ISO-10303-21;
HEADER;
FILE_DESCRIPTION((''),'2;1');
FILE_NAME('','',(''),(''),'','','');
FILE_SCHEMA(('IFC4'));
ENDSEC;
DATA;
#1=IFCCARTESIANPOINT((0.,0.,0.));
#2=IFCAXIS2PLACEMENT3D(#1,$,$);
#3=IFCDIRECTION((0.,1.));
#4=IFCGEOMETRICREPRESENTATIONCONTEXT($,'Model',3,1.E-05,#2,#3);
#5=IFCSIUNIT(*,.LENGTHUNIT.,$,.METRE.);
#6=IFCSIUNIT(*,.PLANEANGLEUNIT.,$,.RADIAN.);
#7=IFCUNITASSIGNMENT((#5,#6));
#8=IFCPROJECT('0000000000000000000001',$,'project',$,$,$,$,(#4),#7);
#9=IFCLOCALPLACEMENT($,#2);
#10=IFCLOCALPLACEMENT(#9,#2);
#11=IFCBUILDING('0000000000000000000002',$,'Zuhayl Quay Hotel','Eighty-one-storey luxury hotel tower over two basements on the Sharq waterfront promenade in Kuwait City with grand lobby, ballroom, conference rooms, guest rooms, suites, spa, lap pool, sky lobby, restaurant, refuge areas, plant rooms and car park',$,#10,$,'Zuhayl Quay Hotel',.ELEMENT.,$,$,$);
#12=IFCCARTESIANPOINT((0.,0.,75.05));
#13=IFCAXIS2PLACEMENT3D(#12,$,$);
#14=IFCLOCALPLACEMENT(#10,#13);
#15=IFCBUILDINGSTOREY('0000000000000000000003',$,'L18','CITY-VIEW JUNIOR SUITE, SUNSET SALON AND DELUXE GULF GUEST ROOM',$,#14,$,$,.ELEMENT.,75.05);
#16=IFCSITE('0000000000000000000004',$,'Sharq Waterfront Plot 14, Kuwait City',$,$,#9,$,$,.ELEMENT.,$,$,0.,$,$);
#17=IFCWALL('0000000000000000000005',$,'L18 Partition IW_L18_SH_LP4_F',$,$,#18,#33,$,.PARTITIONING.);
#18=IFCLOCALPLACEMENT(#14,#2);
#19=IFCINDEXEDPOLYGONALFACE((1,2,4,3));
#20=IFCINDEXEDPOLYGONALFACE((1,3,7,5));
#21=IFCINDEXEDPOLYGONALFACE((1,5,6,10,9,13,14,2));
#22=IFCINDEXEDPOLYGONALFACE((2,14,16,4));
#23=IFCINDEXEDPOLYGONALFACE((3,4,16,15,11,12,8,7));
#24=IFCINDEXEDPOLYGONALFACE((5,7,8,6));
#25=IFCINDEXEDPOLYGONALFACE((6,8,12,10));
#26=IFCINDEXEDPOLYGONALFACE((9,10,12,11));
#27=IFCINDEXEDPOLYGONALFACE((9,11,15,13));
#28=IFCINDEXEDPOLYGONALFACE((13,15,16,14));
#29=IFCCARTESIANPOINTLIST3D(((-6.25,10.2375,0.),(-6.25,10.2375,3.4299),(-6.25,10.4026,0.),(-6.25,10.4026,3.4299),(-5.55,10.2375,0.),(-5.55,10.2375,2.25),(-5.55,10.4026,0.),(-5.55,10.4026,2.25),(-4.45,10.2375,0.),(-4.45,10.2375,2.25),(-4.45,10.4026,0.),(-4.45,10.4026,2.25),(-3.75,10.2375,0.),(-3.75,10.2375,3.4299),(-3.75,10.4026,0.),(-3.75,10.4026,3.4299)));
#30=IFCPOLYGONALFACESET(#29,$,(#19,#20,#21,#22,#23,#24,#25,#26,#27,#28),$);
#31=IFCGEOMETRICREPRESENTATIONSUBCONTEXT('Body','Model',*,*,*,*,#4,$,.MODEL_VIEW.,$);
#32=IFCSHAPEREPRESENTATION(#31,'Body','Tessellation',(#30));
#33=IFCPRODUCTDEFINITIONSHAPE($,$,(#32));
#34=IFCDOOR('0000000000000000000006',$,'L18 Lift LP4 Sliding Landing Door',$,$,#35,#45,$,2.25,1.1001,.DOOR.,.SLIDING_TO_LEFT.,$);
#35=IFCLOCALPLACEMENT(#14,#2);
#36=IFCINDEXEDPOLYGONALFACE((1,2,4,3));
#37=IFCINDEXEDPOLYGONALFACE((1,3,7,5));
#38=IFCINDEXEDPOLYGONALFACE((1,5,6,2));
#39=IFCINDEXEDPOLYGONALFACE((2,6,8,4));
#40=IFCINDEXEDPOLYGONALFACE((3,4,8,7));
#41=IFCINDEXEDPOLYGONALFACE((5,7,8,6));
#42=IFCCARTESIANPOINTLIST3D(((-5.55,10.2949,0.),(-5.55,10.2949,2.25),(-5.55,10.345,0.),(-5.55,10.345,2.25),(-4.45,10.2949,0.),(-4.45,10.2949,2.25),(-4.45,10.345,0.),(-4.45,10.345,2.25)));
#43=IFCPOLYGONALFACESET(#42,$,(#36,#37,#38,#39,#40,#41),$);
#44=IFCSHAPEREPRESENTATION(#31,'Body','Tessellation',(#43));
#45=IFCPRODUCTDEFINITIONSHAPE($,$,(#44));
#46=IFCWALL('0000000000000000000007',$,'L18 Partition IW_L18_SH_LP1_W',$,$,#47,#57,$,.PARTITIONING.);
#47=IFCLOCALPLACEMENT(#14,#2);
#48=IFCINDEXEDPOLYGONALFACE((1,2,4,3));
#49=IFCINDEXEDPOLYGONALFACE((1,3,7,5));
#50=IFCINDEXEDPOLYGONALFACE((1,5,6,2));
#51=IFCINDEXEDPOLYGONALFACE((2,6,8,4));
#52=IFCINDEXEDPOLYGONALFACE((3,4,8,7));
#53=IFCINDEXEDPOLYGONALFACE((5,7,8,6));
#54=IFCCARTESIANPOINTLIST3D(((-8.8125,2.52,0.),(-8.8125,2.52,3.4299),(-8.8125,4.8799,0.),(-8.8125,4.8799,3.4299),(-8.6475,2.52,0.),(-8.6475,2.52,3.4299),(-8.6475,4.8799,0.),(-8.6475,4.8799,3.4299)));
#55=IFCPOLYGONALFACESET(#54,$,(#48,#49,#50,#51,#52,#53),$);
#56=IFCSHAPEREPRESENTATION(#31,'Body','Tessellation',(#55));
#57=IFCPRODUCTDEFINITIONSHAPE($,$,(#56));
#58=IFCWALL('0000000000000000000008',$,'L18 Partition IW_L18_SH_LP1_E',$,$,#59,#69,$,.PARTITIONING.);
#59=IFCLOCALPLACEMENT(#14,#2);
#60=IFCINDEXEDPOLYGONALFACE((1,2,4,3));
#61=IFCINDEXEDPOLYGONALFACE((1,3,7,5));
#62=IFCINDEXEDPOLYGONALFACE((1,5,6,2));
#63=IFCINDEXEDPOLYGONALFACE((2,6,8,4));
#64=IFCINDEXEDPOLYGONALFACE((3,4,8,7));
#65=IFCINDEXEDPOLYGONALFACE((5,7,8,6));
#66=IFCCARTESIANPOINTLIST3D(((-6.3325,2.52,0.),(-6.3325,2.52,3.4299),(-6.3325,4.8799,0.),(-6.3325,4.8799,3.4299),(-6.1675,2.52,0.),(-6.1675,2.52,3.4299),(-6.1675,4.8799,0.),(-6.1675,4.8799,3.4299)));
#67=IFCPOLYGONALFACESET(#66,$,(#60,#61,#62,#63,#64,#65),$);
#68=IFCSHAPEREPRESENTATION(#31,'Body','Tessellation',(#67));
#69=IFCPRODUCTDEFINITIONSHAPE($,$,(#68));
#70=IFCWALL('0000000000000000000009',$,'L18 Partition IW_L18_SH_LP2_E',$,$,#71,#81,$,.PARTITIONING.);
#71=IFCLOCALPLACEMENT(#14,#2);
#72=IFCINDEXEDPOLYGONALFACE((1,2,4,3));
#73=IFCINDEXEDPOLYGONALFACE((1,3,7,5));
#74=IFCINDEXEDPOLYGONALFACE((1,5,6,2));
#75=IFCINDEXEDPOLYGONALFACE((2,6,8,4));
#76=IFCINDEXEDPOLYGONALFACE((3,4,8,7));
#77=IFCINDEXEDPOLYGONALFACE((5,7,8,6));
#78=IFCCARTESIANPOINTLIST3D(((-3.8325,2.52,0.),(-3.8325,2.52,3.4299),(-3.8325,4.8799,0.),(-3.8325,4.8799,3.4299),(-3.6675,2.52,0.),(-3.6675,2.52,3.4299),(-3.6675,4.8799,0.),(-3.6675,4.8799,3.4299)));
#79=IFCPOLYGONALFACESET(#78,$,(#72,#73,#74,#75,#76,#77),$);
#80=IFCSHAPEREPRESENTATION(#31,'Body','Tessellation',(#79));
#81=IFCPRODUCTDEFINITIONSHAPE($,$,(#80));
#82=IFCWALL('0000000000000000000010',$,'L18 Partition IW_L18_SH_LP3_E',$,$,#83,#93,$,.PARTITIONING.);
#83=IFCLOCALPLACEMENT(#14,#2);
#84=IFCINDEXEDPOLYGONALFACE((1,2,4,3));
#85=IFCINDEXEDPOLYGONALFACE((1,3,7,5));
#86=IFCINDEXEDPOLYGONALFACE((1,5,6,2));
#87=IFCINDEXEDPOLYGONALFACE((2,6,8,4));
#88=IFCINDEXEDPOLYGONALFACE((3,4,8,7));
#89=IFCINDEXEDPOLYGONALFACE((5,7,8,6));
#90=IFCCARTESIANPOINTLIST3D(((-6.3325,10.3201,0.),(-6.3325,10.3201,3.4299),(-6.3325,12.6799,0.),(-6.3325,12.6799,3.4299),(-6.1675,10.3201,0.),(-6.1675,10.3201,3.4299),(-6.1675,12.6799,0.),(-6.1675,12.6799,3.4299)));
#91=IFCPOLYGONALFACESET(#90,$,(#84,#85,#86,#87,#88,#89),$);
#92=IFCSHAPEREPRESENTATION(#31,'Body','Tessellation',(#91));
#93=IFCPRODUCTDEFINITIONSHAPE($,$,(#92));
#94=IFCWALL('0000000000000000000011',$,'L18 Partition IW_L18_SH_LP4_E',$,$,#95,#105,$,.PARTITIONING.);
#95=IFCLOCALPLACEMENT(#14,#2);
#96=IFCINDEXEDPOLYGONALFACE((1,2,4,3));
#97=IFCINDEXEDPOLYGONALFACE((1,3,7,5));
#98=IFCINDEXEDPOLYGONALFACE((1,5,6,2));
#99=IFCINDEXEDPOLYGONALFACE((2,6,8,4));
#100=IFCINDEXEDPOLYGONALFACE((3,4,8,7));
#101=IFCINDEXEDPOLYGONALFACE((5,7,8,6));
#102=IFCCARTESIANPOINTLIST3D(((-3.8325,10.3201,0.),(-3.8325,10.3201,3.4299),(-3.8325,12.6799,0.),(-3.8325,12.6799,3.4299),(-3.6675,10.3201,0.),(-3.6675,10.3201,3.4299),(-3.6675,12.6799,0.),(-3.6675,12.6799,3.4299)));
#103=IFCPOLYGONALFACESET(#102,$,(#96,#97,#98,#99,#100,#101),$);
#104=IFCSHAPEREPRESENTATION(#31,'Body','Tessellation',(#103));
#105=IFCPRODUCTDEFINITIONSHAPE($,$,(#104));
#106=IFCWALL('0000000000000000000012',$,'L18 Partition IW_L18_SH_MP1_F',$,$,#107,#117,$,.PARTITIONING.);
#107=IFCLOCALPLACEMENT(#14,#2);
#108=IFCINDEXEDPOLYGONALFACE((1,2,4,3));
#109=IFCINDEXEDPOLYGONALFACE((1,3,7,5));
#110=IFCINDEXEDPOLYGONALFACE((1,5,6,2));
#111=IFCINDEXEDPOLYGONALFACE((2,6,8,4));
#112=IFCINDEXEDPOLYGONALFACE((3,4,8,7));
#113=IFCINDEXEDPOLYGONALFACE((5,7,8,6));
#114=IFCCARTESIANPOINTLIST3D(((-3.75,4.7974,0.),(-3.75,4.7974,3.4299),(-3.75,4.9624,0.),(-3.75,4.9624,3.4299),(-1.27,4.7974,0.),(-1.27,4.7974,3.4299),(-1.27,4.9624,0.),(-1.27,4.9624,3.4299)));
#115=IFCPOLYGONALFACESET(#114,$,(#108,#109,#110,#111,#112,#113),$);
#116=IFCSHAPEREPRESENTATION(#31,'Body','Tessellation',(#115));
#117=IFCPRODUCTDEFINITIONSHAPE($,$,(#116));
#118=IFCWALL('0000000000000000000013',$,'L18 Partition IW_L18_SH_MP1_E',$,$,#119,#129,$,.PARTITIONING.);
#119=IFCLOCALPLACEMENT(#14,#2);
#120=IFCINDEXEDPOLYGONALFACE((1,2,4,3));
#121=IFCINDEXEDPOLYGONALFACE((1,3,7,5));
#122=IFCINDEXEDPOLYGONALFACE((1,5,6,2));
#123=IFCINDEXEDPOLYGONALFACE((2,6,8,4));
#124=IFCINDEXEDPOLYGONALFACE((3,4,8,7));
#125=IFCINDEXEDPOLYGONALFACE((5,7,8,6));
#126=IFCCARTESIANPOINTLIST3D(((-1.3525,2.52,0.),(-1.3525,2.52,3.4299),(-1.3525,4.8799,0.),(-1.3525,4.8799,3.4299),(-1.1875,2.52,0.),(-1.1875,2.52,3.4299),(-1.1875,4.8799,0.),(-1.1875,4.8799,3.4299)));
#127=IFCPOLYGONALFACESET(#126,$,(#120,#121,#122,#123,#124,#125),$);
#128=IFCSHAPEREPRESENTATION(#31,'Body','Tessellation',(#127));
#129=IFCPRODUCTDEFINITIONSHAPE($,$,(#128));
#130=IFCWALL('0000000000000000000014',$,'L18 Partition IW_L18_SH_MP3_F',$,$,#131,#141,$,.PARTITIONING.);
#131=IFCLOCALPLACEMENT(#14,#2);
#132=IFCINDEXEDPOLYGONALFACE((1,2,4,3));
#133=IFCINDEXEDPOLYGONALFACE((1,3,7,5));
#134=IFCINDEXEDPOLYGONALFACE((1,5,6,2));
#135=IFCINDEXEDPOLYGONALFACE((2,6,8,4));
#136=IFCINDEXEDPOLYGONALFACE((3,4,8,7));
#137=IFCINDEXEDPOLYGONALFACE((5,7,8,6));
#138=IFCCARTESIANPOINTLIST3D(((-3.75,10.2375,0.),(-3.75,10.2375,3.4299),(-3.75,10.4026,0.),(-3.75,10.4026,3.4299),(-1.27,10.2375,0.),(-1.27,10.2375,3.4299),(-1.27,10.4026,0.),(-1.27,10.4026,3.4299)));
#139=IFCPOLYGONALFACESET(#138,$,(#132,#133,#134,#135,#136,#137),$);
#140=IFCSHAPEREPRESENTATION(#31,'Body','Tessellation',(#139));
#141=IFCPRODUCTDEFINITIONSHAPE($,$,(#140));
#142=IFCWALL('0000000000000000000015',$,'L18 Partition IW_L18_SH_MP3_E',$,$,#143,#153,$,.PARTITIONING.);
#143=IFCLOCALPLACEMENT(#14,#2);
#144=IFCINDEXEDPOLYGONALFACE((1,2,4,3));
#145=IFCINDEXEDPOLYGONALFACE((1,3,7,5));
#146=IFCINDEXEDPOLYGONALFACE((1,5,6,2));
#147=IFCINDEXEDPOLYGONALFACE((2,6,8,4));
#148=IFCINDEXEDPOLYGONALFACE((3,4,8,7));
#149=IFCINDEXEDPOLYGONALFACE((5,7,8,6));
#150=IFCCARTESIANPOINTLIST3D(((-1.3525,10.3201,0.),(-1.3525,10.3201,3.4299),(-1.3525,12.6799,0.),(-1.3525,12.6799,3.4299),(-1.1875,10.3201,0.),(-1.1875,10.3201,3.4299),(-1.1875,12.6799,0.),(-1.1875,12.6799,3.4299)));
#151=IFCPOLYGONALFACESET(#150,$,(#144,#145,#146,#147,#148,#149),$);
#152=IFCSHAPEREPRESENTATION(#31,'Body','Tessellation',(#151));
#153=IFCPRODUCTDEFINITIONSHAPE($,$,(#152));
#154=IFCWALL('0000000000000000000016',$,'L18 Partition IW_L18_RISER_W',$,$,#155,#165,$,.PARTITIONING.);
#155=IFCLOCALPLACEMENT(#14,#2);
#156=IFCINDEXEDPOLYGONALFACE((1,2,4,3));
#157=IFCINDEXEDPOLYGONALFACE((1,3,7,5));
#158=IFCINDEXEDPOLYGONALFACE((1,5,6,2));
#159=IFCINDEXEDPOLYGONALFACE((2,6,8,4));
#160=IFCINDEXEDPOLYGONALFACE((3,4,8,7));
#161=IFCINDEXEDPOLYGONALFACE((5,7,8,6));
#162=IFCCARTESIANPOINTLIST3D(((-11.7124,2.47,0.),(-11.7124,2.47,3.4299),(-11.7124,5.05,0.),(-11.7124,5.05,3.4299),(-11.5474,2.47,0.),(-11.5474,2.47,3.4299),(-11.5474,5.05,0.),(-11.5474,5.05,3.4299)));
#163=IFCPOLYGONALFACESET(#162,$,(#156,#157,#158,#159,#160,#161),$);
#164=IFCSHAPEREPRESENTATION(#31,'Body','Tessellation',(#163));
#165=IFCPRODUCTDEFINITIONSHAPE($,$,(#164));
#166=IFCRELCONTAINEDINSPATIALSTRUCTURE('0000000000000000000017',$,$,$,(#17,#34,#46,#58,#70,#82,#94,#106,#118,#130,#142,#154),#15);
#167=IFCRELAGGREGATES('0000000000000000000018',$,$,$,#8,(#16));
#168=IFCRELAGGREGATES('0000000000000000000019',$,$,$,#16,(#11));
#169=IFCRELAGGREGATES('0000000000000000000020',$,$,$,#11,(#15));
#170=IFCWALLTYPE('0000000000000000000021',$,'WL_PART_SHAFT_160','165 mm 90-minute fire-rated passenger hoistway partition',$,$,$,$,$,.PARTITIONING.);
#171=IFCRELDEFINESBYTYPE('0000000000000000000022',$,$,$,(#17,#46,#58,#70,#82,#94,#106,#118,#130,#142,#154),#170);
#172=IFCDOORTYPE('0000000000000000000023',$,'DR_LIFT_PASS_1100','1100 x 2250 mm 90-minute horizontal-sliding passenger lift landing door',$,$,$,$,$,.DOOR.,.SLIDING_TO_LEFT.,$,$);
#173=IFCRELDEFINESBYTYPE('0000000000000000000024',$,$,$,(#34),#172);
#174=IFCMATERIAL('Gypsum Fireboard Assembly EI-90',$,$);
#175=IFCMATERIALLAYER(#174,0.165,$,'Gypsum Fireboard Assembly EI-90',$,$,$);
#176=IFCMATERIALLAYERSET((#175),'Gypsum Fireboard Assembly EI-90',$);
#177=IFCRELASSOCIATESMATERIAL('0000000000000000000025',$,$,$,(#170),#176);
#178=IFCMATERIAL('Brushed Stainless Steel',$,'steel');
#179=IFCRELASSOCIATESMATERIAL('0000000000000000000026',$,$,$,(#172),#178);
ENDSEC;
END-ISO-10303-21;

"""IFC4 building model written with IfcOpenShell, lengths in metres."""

from ifc_helpers import new_model, si_unit, direction, frame, frame_2d, origin, place, context, subcontext, project, spatial, rectangle, extrude, material, layer, layer_set, type_object, element, fill, save


model = new_model("IFC4")

# Units and contexts
model_context = context("Model", 3, precision=1e-05, world=origin(), true_north=direction((0.0, 1.0)))
body_context = subcontext(model_context, "Body", "Model", "MODEL_VIEW")
ifc_project = project(units=[si_unit("LENGTHUNIT", "METRE"), si_unit("PLANEANGLEUNIT", "RADIAN")], contexts=[model_context])

# Site, building, storey
site_placement = place(None, origin())
site = spatial("IfcSite", under=ifc_project, at=site_placement, Name="Sharq Waterfront Plot 14, Kuwait City", CompositionType="ELEMENT", RefElevation=0.0)
building_placement = place(site_placement, origin())
building = spatial("IfcBuilding", under=site, at=building_placement, Name="Zuhayl Quay Hotel", Description="Eighty-one-storey luxury hotel tower over two basements on the Sharq waterfront promenade in Kuwait City with grand lobby, ballroom, conference rooms, guest rooms, suites, spa, lap pool, sky lobby, restaurant, refuge areas, plant rooms and car park", LongName="Zuhayl Quay Hotel", CompositionType="ELEMENT")
storey_placement = place(building_placement, frame((0.0, 0.0, 75.05)))
storey = spatial("IfcBuildingStorey", under=building, at=storey_placement, Name="L18", Description="CITY-VIEW JUNIOR SUITE, SUNSET SALON AND DELUXE GULF GUEST ROOM", CompositionType="ELEMENT", Elevation=75.05)

# Wall, opening, door
ifc_material_1 = material(Name="Gypsum Fireboard Assembly EI-90")
ifc_layer_1 = layer(ifc_material_1, 0.165, Name="Gypsum Fireboard Assembly EI-90")
ifc_layer_set_1 = layer_set([ifc_layer_1], Name="Gypsum Fireboard Assembly EI-90")
wall_type_1 = type_object("IfcWallType", Name="WL_PART_SHAFT_160", Description="165 mm 90-minute fire-rated passenger hoistway partition", PredefinedType="PARTITIONING", material=ifc_layer_set_1)
ifc_material_2 = material(Name="Brushed Stainless Steel", Category="steel")
door_type_1 = type_object("IfcDoorType", Name="DR_LIFT_PASS_1100", Description="1100 x 2250 mm 90-minute horizontal-sliding passenger lift landing door", OperationType="SLIDING_TO_LEFT", PredefinedType="DOOR", material=ifc_material_2)
wall_1_placement = place(storey_placement, frame((-6.25, 10.3201, 0.0), z_axis=(0.0, 0.0, 1.0), x_axis=(1.0, 0.0, 0.0)))
wall_1 = element("IfcWall", 1, at=wall_1_placement, inside=storey, type_object=wall_type_1, Name="L18 Partition IW_L18_SH_LP4_F", PredefinedType="PARTITIONING", context=body_context, shape_type="SweptSolid", body=[
    extrude(rectangle(XDim=2.5, YDim=0.165, at=frame_2d((1.25, 0.0))), origin(), (0.0, 0.0, 1.0), 3.4299),
])
opening_1_placement = place(wall_1_placement, frame((0.7, 0.0, 0.0)))
opening_1 = element("IfcOpeningElement", 2, at=opening_1_placement, cuts=wall_1, PredefinedType="OPENING", context=body_context, shape_type="SweptSolid", body=[
    extrude(rectangle(XDim=1.1001, YDim=2.25, at=frame_2d((0.55, 1.125))), frame((0.0, 0.0925, 0.0), z_axis=(0.0, -1.0, 0.0), x_axis=(1.0, 0.0, 0.0)), (0.0, 0.0, 1.0), 0.1851),
])
door_1_placement = place(opening_1_placement, origin())
door_1 = element("IfcDoor", 3, at=door_1_placement, inside=storey, type_object=door_type_1, Name="L18 Lift LP4 Sliding Landing Door", OperationType="SLIDING_TO_LEFT", OverallHeight=2.25, OverallWidth=1.1001, PredefinedType="DOOR", context=body_context, shape_type="SweptSolid", body=[
    extrude(rectangle(XDim=1.1001, YDim=2.25, at=frame_2d((0.55, 1.125))), frame((0.0, 0.0249, 0.0), z_axis=(0.0, -1.0, 0.0), x_axis=(1.0, 0.0, 0.0)), (0.0, 0.0, 1.0), 0.05),
])
fill(opening_1, door_1)

# Walls
for number, where, z_axis, x_axis, name in (
    (4, (-8.73, 2.52, 0.0), (0.0, 0.0, 1.0), (0.0, 1.0, 0.0), "L18 Partition IW_L18_SH_LP1_W"),
    (5, (-6.25, 2.52, 0.0), (0.0, 0.0, 1.0), (0.0, 1.0, 0.0), "L18 Partition IW_L18_SH_LP1_E"),
    (6, (-3.75, 2.52, 0.0), (0.0, 0.0, 1.0), (0.0, 1.0, 0.0), "L18 Partition IW_L18_SH_LP2_E"),
    (7, (-6.25, 10.3201, 0.0), (0.0, 0.0, 1.0), (0.0, 1.0, 0.0), "L18 Partition IW_L18_SH_LP3_E"),
    (8, (-3.75, 10.3201, 0.0), (0.0, 0.0, 1.0), (0.0, 1.0, 0.0), "L18 Partition IW_L18_SH_LP4_E"),
):
    element("IfcWall", number, at=place(storey_placement, frame(where, z_axis=z_axis, x_axis=x_axis)), inside=storey, type_object=wall_type_1, Name=name, PredefinedType="PARTITIONING", context=body_context, shape_type="SweptSolid", body=[
        extrude(rectangle(XDim=2.3599, YDim=0.165, at=frame_2d((1.1799, 0.0))), origin(), (0.0, 0.0, 1.0), 3.4299),
    ])
wall_2_placement = place(storey_placement, frame((-3.75, 4.8799, 0.0), z_axis=(0.0, 0.0, 1.0), x_axis=(1.0, 0.0, 0.0)))
element("IfcWall", 9, at=wall_2_placement, inside=storey, type_object=wall_type_1, Name="L18 Partition IW_L18_SH_MP1_F", PredefinedType="PARTITIONING", context=body_context, shape_type="SweptSolid", body=[
    extrude(rectangle(XDim=2.48, YDim=0.165, at=frame_2d((1.24, 0.0))), origin(), (0.0, 0.0, 1.0), 3.4299),
])
wall_3_placement = place(storey_placement, frame((-1.27, 2.52, 0.0), z_axis=(0.0, 0.0, 1.0), x_axis=(0.0, 1.0, 0.0)))
element("IfcWall", 10, at=wall_3_placement, inside=storey, type_object=wall_type_1, Name="L18 Partition IW_L18_SH_MP1_E", PredefinedType="PARTITIONING", context=body_context, shape_type="SweptSolid", body=[
    extrude(rectangle(XDim=2.3599, YDim=0.165, at=frame_2d((1.1799, 0.0))), origin(), (0.0, 0.0, 1.0), 3.4299),
])
wall_4_placement = place(storey_placement, frame((-3.75, 10.3201, 0.0), z_axis=(0.0, 0.0, 1.0), x_axis=(1.0, 0.0, 0.0)))
element("IfcWall", 11, at=wall_4_placement, inside=storey, type_object=wall_type_1, Name="L18 Partition IW_L18_SH_MP3_F", PredefinedType="PARTITIONING", context=body_context, shape_type="SweptSolid", body=[
    extrude(rectangle(XDim=2.48, YDim=0.165, at=frame_2d((1.24, 0.0))), origin(), (0.0, 0.0, 1.0), 3.4299),
])
wall_5_placement = place(storey_placement, frame((-1.27, 10.3201, 0.0), z_axis=(0.0, 0.0, 1.0), x_axis=(0.0, 1.0, 0.0)))
element("IfcWall", 12, at=wall_5_placement, inside=storey, type_object=wall_type_1, Name="L18 Partition IW_L18_SH_MP3_E", PredefinedType="PARTITIONING", context=body_context, shape_type="SweptSolid", body=[
    extrude(rectangle(XDim=2.3599, YDim=0.165, at=frame_2d((1.1799, 0.0))), origin(), (0.0, 0.0, 1.0), 3.4299),
])
wall_6_placement = place(storey_placement, frame((-11.6299, 2.47, 0.0), z_axis=(0.0, 0.0, 1.0), x_axis=(0.0, 1.0, 0.0)))
element("IfcWall", 13, at=wall_6_placement, inside=storey, type_object=wall_type_1, Name="L18 Partition IW_L18_RISER_W", PredefinedType="PARTITIONING", context=body_context, shape_type="SweptSolid", body=[
    extrude(rectangle(XDim=2.5801, YDim=0.165, at=frame_2d((1.29, 0.0))), origin(), (0.0, 0.0, 1.0), 3.4299),
])

save(model, "model.ifc")
